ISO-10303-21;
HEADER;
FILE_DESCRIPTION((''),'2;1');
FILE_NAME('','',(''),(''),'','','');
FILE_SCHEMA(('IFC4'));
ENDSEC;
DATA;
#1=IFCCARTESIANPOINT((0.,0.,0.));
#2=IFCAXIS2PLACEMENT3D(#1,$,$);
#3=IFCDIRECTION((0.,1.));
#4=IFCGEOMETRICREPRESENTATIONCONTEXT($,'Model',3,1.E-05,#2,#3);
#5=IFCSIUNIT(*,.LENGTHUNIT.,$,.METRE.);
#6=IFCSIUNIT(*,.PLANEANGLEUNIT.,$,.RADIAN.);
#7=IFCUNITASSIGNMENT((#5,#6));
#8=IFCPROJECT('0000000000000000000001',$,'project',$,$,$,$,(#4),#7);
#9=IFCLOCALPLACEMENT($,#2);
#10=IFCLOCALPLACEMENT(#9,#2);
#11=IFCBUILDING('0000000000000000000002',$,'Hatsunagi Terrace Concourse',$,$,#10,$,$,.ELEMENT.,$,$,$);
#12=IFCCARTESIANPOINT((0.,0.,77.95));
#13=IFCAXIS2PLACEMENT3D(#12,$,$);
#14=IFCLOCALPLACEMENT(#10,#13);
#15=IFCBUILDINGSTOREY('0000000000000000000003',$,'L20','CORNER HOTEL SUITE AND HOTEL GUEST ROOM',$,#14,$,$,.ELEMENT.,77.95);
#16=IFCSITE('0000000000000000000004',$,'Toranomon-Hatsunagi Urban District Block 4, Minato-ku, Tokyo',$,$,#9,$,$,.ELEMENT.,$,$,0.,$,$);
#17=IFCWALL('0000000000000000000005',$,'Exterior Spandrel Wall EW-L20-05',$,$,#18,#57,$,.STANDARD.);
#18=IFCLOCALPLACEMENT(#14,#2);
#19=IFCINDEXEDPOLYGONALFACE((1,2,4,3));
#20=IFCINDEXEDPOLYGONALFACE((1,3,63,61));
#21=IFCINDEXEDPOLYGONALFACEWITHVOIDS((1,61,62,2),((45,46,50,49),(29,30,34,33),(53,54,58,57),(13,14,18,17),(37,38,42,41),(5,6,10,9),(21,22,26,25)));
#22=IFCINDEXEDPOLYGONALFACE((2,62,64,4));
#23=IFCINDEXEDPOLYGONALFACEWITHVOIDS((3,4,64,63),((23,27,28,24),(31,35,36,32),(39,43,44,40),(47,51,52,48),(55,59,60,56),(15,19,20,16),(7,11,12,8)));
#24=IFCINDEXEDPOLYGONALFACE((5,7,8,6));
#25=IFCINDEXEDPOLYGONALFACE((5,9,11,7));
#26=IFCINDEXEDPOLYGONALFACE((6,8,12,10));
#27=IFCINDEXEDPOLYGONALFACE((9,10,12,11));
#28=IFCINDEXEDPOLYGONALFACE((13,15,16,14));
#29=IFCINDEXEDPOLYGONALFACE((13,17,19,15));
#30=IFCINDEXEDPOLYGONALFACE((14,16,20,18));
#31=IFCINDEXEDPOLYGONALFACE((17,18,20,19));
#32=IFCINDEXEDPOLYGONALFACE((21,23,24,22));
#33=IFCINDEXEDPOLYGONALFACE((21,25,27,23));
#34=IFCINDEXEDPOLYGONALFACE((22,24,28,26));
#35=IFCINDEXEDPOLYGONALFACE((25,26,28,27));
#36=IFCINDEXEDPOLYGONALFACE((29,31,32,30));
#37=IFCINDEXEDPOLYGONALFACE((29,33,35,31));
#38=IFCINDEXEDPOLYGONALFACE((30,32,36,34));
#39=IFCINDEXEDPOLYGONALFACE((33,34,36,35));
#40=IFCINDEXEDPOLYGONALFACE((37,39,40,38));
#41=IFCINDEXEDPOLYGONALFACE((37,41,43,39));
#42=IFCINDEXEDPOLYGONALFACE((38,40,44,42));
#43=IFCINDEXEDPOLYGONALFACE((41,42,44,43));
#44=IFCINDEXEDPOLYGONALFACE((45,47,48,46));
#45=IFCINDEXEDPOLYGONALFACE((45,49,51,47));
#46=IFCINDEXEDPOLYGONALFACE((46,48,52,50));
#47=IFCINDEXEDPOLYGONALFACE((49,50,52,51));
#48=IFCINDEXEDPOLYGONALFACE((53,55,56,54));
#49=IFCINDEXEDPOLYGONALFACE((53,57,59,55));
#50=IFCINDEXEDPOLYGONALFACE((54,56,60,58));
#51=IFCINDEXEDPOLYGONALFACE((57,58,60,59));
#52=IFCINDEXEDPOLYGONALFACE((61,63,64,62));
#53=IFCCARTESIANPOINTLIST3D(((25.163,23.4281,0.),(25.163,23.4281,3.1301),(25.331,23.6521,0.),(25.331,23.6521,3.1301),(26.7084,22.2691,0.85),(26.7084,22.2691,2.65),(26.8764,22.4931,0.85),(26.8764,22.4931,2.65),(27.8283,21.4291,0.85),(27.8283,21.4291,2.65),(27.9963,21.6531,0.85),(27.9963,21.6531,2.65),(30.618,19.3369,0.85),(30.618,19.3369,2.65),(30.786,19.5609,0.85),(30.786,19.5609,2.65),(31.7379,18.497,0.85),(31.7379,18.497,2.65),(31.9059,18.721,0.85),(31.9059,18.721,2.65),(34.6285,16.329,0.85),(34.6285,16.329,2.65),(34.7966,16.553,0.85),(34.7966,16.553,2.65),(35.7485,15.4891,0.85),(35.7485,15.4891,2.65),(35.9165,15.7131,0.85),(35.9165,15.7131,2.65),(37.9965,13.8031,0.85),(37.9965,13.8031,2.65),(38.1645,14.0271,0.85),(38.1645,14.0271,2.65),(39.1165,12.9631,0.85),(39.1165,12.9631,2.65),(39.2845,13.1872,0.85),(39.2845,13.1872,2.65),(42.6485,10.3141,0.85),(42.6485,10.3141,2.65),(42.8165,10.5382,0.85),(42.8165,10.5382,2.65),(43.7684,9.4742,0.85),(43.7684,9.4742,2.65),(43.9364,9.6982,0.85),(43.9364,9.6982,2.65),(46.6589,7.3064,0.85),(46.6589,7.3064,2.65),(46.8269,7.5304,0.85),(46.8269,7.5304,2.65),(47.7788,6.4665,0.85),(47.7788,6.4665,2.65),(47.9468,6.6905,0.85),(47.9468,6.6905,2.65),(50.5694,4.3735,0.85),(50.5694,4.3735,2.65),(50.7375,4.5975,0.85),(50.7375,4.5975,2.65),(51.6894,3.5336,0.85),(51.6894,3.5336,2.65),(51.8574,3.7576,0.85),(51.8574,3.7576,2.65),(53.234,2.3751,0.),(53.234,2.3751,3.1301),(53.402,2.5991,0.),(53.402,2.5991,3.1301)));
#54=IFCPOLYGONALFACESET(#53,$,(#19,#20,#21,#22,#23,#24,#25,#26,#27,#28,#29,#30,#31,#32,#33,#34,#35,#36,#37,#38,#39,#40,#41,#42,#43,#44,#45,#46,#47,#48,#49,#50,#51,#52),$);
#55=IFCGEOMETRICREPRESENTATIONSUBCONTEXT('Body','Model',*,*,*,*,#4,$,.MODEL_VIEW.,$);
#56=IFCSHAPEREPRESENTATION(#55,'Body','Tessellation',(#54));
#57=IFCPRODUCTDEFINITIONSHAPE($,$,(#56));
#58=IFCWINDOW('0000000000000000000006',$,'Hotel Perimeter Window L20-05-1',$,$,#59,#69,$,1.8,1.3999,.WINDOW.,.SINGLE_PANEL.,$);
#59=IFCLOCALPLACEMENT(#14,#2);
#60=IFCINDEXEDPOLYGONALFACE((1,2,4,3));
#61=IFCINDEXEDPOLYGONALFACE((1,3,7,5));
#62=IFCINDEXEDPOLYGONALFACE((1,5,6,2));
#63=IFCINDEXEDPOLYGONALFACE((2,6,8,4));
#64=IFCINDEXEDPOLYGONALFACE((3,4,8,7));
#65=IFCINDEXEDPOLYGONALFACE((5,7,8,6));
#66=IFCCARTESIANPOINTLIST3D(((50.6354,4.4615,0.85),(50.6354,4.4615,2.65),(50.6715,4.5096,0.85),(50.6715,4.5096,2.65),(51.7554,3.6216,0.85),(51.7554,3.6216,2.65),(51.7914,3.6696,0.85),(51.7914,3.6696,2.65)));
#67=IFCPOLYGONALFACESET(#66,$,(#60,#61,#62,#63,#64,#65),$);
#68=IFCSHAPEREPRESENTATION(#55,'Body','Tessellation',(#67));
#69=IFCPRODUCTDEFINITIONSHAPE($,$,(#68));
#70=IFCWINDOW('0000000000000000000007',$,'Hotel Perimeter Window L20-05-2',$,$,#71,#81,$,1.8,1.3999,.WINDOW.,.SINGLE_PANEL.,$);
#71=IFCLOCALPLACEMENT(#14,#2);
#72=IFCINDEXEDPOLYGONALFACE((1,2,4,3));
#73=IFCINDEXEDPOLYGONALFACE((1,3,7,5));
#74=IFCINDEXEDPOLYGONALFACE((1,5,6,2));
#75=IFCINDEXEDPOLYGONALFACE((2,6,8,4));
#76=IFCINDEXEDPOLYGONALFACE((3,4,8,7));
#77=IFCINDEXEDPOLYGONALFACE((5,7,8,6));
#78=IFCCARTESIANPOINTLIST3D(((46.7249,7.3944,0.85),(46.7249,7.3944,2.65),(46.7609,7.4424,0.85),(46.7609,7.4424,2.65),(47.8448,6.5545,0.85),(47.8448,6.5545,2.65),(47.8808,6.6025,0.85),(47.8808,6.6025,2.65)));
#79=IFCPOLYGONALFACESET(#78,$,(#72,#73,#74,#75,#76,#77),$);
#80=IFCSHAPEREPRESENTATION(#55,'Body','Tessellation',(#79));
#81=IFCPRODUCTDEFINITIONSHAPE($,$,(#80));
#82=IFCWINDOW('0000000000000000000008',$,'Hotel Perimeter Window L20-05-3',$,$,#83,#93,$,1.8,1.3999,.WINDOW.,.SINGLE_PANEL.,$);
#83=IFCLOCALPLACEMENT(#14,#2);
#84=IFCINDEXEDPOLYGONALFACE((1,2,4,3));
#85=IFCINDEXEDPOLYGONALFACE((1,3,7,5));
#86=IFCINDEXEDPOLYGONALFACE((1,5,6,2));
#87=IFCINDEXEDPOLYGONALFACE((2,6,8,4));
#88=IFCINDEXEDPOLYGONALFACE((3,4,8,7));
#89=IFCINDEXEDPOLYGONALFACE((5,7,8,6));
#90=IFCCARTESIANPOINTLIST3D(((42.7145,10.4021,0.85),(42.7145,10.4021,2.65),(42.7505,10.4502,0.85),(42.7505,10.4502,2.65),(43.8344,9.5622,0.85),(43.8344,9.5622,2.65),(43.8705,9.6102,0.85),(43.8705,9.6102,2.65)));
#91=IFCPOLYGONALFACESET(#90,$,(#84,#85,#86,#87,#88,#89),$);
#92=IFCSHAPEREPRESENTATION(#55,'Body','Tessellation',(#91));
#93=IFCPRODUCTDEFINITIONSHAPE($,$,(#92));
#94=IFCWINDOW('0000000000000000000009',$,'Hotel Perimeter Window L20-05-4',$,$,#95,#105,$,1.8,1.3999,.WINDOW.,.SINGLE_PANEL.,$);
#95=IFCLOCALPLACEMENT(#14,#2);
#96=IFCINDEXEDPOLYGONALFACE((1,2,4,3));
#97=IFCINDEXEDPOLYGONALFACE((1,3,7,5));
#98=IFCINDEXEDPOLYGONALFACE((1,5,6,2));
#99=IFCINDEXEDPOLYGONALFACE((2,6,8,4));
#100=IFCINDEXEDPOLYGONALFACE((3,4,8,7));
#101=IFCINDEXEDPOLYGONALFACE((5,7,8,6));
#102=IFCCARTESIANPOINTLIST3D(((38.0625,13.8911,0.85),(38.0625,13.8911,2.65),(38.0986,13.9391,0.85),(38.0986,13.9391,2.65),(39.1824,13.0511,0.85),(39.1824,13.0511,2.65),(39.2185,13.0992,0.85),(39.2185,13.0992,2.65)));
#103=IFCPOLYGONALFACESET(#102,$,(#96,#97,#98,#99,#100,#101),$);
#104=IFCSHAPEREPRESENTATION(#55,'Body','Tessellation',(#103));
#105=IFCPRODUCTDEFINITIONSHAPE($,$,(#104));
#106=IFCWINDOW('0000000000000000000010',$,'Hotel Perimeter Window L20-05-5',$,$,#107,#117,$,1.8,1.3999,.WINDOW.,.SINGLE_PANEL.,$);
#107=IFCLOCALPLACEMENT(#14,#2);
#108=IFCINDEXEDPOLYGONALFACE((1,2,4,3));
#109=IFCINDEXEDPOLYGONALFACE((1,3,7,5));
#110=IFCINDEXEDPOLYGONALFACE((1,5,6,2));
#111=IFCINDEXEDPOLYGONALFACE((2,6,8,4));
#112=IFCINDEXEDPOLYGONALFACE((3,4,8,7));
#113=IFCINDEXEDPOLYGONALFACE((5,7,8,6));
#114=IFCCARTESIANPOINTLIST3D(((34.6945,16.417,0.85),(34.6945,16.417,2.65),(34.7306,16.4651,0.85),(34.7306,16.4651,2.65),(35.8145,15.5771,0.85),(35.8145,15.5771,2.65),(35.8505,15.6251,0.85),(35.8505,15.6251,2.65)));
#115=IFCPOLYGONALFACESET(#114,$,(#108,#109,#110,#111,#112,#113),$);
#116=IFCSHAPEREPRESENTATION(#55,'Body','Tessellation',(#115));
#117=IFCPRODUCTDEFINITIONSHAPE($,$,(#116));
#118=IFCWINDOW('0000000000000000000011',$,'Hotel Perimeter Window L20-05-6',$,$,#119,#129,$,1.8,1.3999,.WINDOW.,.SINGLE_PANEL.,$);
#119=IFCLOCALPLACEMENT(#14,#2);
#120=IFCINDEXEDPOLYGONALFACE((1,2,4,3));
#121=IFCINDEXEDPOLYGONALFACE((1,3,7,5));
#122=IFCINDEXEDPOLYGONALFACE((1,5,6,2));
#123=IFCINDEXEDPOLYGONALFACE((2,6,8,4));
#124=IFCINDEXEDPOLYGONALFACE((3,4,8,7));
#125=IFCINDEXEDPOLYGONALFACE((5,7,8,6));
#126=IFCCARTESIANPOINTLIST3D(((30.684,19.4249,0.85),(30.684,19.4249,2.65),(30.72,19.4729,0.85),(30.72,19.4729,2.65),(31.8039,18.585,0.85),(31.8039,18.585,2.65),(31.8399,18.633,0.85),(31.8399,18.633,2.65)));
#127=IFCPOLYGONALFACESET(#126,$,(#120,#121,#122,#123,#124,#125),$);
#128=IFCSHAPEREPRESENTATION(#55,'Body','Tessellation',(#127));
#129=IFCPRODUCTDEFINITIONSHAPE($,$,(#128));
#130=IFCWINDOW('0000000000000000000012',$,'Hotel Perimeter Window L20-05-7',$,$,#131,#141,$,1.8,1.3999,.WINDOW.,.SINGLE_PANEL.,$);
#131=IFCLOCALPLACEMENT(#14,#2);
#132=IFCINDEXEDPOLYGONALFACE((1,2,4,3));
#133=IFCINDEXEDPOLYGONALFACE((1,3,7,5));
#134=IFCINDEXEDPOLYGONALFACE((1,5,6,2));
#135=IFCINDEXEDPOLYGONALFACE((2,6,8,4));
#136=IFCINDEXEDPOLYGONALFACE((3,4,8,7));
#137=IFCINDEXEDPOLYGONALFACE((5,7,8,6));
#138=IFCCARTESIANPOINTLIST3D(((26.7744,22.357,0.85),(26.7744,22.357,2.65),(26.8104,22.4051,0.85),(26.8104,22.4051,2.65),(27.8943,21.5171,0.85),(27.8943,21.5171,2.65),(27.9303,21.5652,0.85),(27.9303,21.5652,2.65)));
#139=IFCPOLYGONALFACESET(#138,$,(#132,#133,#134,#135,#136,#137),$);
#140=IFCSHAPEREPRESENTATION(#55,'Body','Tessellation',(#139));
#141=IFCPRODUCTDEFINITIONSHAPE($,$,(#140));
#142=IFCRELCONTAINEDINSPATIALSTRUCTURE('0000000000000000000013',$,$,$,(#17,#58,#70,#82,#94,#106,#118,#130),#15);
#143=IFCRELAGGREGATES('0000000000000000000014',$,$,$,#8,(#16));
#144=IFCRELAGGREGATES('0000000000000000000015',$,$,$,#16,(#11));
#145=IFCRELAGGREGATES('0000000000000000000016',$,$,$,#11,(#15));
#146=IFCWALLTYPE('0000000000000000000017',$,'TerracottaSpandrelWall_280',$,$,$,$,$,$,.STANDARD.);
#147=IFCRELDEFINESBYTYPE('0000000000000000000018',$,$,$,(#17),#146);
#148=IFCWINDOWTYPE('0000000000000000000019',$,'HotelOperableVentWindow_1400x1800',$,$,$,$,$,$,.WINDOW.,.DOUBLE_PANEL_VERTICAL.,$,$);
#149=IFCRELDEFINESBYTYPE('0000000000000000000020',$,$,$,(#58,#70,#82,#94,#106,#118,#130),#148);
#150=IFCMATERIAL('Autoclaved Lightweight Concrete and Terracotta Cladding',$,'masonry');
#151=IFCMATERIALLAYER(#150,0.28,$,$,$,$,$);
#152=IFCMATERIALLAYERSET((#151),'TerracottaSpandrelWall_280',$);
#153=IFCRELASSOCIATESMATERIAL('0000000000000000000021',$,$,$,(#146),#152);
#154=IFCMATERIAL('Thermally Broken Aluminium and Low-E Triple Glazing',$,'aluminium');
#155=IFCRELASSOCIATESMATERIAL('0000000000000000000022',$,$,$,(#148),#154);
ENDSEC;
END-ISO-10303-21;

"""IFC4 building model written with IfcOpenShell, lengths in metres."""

from ifc_helpers import new_model, si_unit, direction, frame, frame_2d, origin, place, context, subcontext, project, spatial, rectangle, extrude, material, layer, layer_set, type_object, element, fill, save


model = new_model("IFC4")

# Units and contexts
model_context = context("Model", 3, precision=1e-05, world=origin(), true_north=direction((0.0, 1.0)))
body_context = subcontext(model_context, "Body", "Model", "MODEL_VIEW")
ifc_project = project(units=[si_unit("LENGTHUNIT", "METRE"), si_unit("PLANEANGLEUNIT", "RADIAN")], contexts=[model_context])

# Site, building, storey
site_placement = place(None, origin())
site = spatial("IfcSite", under=ifc_project, at=site_placement, Name="Toranomon-Hatsunagi Urban District Block 4, Minato-ku, Tokyo", CompositionType="ELEMENT", RefElevation=0.0)
building_placement = place(site_placement, origin())
building = spatial("IfcBuilding", under=site, at=building_placement, Name="Hatsunagi Terrace Concourse", CompositionType="ELEMENT")
storey_placement = place(building_placement, frame((0.0, 0.0, 77.95)))
storey = spatial("IfcBuildingStorey", under=building, at=storey_placement, Name="L20", Description="CORNER HOTEL SUITE AND HOTEL GUEST ROOM", CompositionType="ELEMENT", Elevation=77.95)

# Wall, openings, windows
ifc_material_1 = material(Name="Autoclaved Lightweight Concrete and Terracotta Cladding", Category="masonry")
ifc_layer_1 = layer(ifc_material_1, 0.28)
ifc_layer_set_1 = layer_set([ifc_layer_1], Name="TerracottaSpandrelWall_280")
wall_type_1 = type_object("IfcWallType", Name="TerracottaSpandrelWall_280", PredefinedType="STANDARD", material=ifc_layer_set_1)
wall_1_placement = place(storey_placement, frame((53.3181, 2.4871, 0.0), z_axis=(0.0, 0.0, 1.0), x_axis=(-0.800004, 0.599994, 0.0)))
wall_1 = element("IfcWall", 1, at=wall_1_placement, inside=storey, type_object=wall_type_1, Name="Exterior Spandrel Wall EW-L20-05", PredefinedType="STANDARD", context=body_context, shape_type="SweptSolid", body=[
    extrude(rectangle(XDim=35.0886, YDim=0.28, at=frame_2d((17.5444, 0.0))), origin(), (0.0, 0.0, 1.0), 3.1301),
])
opening_1_placement = place(wall_1_placement, frame((1.9309, 0.0, 0.8501)))
opening_1 = element("IfcOpeningElement", 2, at=opening_1_placement, cuts=wall_1, PredefinedType="OPENING", context=body_context, shape_type="SweptSolid", body=[
    extrude(rectangle(XDim=1.3999, YDim=1.8, at=frame_2d((0.7, 0.8999))), frame((0.0, 0.1499, 0.0), z_axis=(0.0, -1.0, 0.0), x_axis=(1.0, 0.0, 0.0)), (0.0, 0.0, 1.0), 0.3),
])
opening_2_placement = place(wall_1_placement, frame((6.8191, 0.0, 0.8501)))
opening_2 = element("IfcOpeningElement", 3, at=opening_2_placement, cuts=wall_1, PredefinedType="OPENING", context=body_context, shape_type="SweptSolid", body=[
    extrude(rectangle(XDim=1.3999, YDim=1.8, at=frame_2d((0.7, 0.8999))), frame((0.0, 0.1499, 0.0), z_axis=(0.0, -1.0, 0.0), x_axis=(1.0, 0.0, 0.0)), (0.0, 0.0, 1.0), 0.3),
])
opening_3_placement = place(wall_1_placement, frame((11.832, 0.0, 0.8501)))
opening_3 = element("IfcOpeningElement", 4, at=opening_3_placement, cuts=wall_1, PredefinedType="OPENING", context=body_context, shape_type="SweptSolid", body=[
    extrude(rectangle(XDim=1.3999, YDim=1.8, at=frame_2d((0.7, 0.8999))), frame((0.0, 0.1499, 0.0), z_axis=(0.0, -1.0, 0.0), x_axis=(1.0, 0.0, 0.0)), (0.0, 0.0, 1.0), 0.3),
])
opening_4_placement = place(wall_1_placement, frame((17.647, 0.0, 0.8501)))
opening_4 = element("IfcOpeningElement", 5, at=opening_4_placement, cuts=wall_1, PredefinedType="OPENING", context=body_context, shape_type="SweptSolid", body=[
    extrude(rectangle(XDim=1.3999, YDim=1.8, at=frame_2d((0.7, 0.8999))), frame((0.0, 0.1499, 0.0), z_axis=(0.0, -1.0, 0.0), x_axis=(1.0, 0.0, 0.0)), (0.0, 0.0, 1.0), 0.3),
])
opening_5_placement = place(wall_1_placement, frame((21.8569, 0.0, 0.8501)))
opening_5 = element("IfcOpeningElement", 6, at=opening_5_placement, cuts=wall_1, PredefinedType="OPENING", context=body_context, shape_type="SweptSolid", body=[
    extrude(rectangle(XDim=1.3999, YDim=1.8, at=frame_2d((0.7, 0.8999))), frame((0.0, 0.1499, 0.0), z_axis=(0.0, -1.0, 0.0), x_axis=(1.0, 0.0, 0.0)), (0.0, 0.0, 1.0), 0.3),
])
opening_6_placement = place(wall_1_placement, frame((26.8701, 0.0, 0.8501)))
opening_6 = element("IfcOpeningElement", 7, at=opening_6_placement, cuts=wall_1, PredefinedType="OPENING", context=body_context, shape_type="SweptSolid", body=[
    extrude(rectangle(XDim=1.3999, YDim=1.8, at=frame_2d((0.7, 0.8999))), frame((0.0, 0.1499, 0.0), z_axis=(0.0, -1.0, 0.0), x_axis=(1.0, 0.0, 0.0)), (0.0, 0.0, 1.0), 0.3),
])
opening_7_placement = place(wall_1_placement, frame((31.7571, 0.0, 0.8501)))
opening_7 = element("IfcOpeningElement", 8, at=opening_7_placement, cuts=wall_1, PredefinedType="OPENING", context=body_context, shape_type="SweptSolid", body=[
    extrude(rectangle(XDim=1.3999, YDim=1.8, at=frame_2d((0.7, 0.8999))), frame((0.0, 0.1499, 0.0), z_axis=(0.0, -1.0, 0.0), x_axis=(1.0, 0.0, 0.0)), (0.0, 0.0, 1.0), 0.3),
])
ifc_material_2 = material(Name="Thermally Broken Aluminium and Low-E Triple Glazing", Category="aluminium")
window_type = type_object("IfcWindowType", Name="HotelOperableVentWindow_1400x1800", PartitioningType="DOUBLE_PANEL_VERTICAL", PredefinedType="WINDOW", material=ifc_material_2)
window_1_placement = place(opening_1_placement, origin())
window_1 = element("IfcWindow", 9, at=window_1_placement, inside=storey, type_object=window_type, Name="Hotel Perimeter Window L20-05-1", OverallHeight=1.8, OverallWidth=1.3999, PartitioningType="SINGLE_PANEL", PredefinedType="WINDOW", context=body_context, shape_type="SweptSolid", body=[
    extrude(rectangle(XDim=1.3999, YDim=1.8, at=frame_2d((0.7, 0.8999))), frame((0.0, 0.03, 0.0), z_axis=(0.0, -1.0, 0.0), x_axis=(1.0, 0.0, 0.0)), (0.0, 0.0, 1.0), 0.0601),
])
fill(opening_1, window_1)
window_2_placement = place(opening_2_placement, origin())
window_2 = element("IfcWindow", 10, at=window_2_placement, inside=storey, type_object=window_type, Name="Hotel Perimeter Window L20-05-2", OverallHeight=1.8, OverallWidth=1.3999, PartitioningType="SINGLE_PANEL", PredefinedType="WINDOW", context=body_context, shape_type="SweptSolid", body=[
    extrude(rectangle(XDim=1.3999, YDim=1.8, at=frame_2d((0.7, 0.8999))), frame((0.0, 0.03, 0.0), z_axis=(0.0, -1.0, 0.0), x_axis=(1.0, 0.0, 0.0)), (0.0, 0.0, 1.0), 0.0601),
])
fill(opening_2, window_2)
window_3_placement = place(opening_3_placement, origin())
window_3 = element("IfcWindow", 11, at=window_3_placement, inside=storey, type_object=window_type, Name="Hotel Perimeter Window L20-05-3", OverallHeight=1.8, OverallWidth=1.3999, PartitioningType="SINGLE_PANEL", PredefinedType="WINDOW", context=body_context, shape_type="SweptSolid", body=[
    extrude(rectangle(XDim=1.3999, YDim=1.8, at=frame_2d((0.7, 0.8999))), frame((0.0, 0.03, 0.0), z_axis=(0.0, -1.0, 0.0), x_axis=(1.0, 0.0, 0.0)), (0.0, 0.0, 1.0), 0.0601),
])
fill(opening_3, window_3)
window_4_placement = place(opening_4_placement, origin())
window_4 = element("IfcWindow", 12, at=window_4_placement, inside=storey, type_object=window_type, Name="Hotel Perimeter Window L20-05-4", OverallHeight=1.8, OverallWidth=1.3999, PartitioningType="SINGLE_PANEL", PredefinedType="WINDOW", context=body_context, shape_type="SweptSolid", body=[
    extrude(rectangle(XDim=1.3999, YDim=1.8, at=frame_2d((0.7, 0.8999))), frame((0.0, 0.03, 0.0), z_axis=(0.0, -1.0, 0.0), x_axis=(1.0, 0.0, 0.0)), (0.0, 0.0, 1.0), 0.0601),
])
fill(opening_4, window_4)
window_5_placement = place(opening_5_placement, origin())
window_5 = element("IfcWindow", 13, at=window_5_placement, inside=storey, type_object=window_type, Name="Hotel Perimeter Window L20-05-5", OverallHeight=1.8, OverallWidth=1.3999, PartitioningType="SINGLE_PANEL", PredefinedType="WINDOW", context=body_context, shape_type="SweptSolid", body=[
    extrude(rectangle(XDim=1.3999, YDim=1.8, at=frame_2d((0.7, 0.8999))), frame((0.0, 0.03, 0.0), z_axis=(0.0, -1.0, 0.0), x_axis=(1.0, 0.0, 0.0)), (0.0, 0.0, 1.0), 0.0601),
])
fill(opening_5, window_5)
window_6_placement = place(opening_6_placement, origin())
window_6 = element("IfcWindow", 14, at=window_6_placement, inside=storey, type_object=window_type, Name="Hotel Perimeter Window L20-05-6", OverallHeight=1.8, OverallWidth=1.3999, PartitioningType="SINGLE_PANEL", PredefinedType="WINDOW", context=body_context, shape_type="SweptSolid", body=[
    extrude(rectangle(XDim=1.3999, YDim=1.8, at=frame_2d((0.7, 0.8999))), frame((0.0, 0.03, 0.0), z_axis=(0.0, -1.0, 0.0), x_axis=(1.0, 0.0, 0.0)), (0.0, 0.0, 1.0), 0.0601),
])
fill(opening_6, window_6)
window_7_placement = place(opening_7_placement, origin())
window_7 = element("IfcWindow", 15, at=window_7_placement, inside=storey, type_object=window_type, Name="Hotel Perimeter Window L20-05-7", OverallHeight=1.8, OverallWidth=1.3999, PartitioningType="SINGLE_PANEL", PredefinedType="WINDOW", context=body_context, shape_type="SweptSolid", body=[
    extrude(rectangle(XDim=1.3999, YDim=1.8, at=frame_2d((0.7, 0.8999))), frame((0.0, 0.03, 0.0), z_axis=(0.0, -1.0, 0.0), x_axis=(1.0, 0.0, 0.0)), (0.0, 0.0, 1.0), 0.0601),
])
fill(opening_7, window_7)

save(model, "model.ifc")
